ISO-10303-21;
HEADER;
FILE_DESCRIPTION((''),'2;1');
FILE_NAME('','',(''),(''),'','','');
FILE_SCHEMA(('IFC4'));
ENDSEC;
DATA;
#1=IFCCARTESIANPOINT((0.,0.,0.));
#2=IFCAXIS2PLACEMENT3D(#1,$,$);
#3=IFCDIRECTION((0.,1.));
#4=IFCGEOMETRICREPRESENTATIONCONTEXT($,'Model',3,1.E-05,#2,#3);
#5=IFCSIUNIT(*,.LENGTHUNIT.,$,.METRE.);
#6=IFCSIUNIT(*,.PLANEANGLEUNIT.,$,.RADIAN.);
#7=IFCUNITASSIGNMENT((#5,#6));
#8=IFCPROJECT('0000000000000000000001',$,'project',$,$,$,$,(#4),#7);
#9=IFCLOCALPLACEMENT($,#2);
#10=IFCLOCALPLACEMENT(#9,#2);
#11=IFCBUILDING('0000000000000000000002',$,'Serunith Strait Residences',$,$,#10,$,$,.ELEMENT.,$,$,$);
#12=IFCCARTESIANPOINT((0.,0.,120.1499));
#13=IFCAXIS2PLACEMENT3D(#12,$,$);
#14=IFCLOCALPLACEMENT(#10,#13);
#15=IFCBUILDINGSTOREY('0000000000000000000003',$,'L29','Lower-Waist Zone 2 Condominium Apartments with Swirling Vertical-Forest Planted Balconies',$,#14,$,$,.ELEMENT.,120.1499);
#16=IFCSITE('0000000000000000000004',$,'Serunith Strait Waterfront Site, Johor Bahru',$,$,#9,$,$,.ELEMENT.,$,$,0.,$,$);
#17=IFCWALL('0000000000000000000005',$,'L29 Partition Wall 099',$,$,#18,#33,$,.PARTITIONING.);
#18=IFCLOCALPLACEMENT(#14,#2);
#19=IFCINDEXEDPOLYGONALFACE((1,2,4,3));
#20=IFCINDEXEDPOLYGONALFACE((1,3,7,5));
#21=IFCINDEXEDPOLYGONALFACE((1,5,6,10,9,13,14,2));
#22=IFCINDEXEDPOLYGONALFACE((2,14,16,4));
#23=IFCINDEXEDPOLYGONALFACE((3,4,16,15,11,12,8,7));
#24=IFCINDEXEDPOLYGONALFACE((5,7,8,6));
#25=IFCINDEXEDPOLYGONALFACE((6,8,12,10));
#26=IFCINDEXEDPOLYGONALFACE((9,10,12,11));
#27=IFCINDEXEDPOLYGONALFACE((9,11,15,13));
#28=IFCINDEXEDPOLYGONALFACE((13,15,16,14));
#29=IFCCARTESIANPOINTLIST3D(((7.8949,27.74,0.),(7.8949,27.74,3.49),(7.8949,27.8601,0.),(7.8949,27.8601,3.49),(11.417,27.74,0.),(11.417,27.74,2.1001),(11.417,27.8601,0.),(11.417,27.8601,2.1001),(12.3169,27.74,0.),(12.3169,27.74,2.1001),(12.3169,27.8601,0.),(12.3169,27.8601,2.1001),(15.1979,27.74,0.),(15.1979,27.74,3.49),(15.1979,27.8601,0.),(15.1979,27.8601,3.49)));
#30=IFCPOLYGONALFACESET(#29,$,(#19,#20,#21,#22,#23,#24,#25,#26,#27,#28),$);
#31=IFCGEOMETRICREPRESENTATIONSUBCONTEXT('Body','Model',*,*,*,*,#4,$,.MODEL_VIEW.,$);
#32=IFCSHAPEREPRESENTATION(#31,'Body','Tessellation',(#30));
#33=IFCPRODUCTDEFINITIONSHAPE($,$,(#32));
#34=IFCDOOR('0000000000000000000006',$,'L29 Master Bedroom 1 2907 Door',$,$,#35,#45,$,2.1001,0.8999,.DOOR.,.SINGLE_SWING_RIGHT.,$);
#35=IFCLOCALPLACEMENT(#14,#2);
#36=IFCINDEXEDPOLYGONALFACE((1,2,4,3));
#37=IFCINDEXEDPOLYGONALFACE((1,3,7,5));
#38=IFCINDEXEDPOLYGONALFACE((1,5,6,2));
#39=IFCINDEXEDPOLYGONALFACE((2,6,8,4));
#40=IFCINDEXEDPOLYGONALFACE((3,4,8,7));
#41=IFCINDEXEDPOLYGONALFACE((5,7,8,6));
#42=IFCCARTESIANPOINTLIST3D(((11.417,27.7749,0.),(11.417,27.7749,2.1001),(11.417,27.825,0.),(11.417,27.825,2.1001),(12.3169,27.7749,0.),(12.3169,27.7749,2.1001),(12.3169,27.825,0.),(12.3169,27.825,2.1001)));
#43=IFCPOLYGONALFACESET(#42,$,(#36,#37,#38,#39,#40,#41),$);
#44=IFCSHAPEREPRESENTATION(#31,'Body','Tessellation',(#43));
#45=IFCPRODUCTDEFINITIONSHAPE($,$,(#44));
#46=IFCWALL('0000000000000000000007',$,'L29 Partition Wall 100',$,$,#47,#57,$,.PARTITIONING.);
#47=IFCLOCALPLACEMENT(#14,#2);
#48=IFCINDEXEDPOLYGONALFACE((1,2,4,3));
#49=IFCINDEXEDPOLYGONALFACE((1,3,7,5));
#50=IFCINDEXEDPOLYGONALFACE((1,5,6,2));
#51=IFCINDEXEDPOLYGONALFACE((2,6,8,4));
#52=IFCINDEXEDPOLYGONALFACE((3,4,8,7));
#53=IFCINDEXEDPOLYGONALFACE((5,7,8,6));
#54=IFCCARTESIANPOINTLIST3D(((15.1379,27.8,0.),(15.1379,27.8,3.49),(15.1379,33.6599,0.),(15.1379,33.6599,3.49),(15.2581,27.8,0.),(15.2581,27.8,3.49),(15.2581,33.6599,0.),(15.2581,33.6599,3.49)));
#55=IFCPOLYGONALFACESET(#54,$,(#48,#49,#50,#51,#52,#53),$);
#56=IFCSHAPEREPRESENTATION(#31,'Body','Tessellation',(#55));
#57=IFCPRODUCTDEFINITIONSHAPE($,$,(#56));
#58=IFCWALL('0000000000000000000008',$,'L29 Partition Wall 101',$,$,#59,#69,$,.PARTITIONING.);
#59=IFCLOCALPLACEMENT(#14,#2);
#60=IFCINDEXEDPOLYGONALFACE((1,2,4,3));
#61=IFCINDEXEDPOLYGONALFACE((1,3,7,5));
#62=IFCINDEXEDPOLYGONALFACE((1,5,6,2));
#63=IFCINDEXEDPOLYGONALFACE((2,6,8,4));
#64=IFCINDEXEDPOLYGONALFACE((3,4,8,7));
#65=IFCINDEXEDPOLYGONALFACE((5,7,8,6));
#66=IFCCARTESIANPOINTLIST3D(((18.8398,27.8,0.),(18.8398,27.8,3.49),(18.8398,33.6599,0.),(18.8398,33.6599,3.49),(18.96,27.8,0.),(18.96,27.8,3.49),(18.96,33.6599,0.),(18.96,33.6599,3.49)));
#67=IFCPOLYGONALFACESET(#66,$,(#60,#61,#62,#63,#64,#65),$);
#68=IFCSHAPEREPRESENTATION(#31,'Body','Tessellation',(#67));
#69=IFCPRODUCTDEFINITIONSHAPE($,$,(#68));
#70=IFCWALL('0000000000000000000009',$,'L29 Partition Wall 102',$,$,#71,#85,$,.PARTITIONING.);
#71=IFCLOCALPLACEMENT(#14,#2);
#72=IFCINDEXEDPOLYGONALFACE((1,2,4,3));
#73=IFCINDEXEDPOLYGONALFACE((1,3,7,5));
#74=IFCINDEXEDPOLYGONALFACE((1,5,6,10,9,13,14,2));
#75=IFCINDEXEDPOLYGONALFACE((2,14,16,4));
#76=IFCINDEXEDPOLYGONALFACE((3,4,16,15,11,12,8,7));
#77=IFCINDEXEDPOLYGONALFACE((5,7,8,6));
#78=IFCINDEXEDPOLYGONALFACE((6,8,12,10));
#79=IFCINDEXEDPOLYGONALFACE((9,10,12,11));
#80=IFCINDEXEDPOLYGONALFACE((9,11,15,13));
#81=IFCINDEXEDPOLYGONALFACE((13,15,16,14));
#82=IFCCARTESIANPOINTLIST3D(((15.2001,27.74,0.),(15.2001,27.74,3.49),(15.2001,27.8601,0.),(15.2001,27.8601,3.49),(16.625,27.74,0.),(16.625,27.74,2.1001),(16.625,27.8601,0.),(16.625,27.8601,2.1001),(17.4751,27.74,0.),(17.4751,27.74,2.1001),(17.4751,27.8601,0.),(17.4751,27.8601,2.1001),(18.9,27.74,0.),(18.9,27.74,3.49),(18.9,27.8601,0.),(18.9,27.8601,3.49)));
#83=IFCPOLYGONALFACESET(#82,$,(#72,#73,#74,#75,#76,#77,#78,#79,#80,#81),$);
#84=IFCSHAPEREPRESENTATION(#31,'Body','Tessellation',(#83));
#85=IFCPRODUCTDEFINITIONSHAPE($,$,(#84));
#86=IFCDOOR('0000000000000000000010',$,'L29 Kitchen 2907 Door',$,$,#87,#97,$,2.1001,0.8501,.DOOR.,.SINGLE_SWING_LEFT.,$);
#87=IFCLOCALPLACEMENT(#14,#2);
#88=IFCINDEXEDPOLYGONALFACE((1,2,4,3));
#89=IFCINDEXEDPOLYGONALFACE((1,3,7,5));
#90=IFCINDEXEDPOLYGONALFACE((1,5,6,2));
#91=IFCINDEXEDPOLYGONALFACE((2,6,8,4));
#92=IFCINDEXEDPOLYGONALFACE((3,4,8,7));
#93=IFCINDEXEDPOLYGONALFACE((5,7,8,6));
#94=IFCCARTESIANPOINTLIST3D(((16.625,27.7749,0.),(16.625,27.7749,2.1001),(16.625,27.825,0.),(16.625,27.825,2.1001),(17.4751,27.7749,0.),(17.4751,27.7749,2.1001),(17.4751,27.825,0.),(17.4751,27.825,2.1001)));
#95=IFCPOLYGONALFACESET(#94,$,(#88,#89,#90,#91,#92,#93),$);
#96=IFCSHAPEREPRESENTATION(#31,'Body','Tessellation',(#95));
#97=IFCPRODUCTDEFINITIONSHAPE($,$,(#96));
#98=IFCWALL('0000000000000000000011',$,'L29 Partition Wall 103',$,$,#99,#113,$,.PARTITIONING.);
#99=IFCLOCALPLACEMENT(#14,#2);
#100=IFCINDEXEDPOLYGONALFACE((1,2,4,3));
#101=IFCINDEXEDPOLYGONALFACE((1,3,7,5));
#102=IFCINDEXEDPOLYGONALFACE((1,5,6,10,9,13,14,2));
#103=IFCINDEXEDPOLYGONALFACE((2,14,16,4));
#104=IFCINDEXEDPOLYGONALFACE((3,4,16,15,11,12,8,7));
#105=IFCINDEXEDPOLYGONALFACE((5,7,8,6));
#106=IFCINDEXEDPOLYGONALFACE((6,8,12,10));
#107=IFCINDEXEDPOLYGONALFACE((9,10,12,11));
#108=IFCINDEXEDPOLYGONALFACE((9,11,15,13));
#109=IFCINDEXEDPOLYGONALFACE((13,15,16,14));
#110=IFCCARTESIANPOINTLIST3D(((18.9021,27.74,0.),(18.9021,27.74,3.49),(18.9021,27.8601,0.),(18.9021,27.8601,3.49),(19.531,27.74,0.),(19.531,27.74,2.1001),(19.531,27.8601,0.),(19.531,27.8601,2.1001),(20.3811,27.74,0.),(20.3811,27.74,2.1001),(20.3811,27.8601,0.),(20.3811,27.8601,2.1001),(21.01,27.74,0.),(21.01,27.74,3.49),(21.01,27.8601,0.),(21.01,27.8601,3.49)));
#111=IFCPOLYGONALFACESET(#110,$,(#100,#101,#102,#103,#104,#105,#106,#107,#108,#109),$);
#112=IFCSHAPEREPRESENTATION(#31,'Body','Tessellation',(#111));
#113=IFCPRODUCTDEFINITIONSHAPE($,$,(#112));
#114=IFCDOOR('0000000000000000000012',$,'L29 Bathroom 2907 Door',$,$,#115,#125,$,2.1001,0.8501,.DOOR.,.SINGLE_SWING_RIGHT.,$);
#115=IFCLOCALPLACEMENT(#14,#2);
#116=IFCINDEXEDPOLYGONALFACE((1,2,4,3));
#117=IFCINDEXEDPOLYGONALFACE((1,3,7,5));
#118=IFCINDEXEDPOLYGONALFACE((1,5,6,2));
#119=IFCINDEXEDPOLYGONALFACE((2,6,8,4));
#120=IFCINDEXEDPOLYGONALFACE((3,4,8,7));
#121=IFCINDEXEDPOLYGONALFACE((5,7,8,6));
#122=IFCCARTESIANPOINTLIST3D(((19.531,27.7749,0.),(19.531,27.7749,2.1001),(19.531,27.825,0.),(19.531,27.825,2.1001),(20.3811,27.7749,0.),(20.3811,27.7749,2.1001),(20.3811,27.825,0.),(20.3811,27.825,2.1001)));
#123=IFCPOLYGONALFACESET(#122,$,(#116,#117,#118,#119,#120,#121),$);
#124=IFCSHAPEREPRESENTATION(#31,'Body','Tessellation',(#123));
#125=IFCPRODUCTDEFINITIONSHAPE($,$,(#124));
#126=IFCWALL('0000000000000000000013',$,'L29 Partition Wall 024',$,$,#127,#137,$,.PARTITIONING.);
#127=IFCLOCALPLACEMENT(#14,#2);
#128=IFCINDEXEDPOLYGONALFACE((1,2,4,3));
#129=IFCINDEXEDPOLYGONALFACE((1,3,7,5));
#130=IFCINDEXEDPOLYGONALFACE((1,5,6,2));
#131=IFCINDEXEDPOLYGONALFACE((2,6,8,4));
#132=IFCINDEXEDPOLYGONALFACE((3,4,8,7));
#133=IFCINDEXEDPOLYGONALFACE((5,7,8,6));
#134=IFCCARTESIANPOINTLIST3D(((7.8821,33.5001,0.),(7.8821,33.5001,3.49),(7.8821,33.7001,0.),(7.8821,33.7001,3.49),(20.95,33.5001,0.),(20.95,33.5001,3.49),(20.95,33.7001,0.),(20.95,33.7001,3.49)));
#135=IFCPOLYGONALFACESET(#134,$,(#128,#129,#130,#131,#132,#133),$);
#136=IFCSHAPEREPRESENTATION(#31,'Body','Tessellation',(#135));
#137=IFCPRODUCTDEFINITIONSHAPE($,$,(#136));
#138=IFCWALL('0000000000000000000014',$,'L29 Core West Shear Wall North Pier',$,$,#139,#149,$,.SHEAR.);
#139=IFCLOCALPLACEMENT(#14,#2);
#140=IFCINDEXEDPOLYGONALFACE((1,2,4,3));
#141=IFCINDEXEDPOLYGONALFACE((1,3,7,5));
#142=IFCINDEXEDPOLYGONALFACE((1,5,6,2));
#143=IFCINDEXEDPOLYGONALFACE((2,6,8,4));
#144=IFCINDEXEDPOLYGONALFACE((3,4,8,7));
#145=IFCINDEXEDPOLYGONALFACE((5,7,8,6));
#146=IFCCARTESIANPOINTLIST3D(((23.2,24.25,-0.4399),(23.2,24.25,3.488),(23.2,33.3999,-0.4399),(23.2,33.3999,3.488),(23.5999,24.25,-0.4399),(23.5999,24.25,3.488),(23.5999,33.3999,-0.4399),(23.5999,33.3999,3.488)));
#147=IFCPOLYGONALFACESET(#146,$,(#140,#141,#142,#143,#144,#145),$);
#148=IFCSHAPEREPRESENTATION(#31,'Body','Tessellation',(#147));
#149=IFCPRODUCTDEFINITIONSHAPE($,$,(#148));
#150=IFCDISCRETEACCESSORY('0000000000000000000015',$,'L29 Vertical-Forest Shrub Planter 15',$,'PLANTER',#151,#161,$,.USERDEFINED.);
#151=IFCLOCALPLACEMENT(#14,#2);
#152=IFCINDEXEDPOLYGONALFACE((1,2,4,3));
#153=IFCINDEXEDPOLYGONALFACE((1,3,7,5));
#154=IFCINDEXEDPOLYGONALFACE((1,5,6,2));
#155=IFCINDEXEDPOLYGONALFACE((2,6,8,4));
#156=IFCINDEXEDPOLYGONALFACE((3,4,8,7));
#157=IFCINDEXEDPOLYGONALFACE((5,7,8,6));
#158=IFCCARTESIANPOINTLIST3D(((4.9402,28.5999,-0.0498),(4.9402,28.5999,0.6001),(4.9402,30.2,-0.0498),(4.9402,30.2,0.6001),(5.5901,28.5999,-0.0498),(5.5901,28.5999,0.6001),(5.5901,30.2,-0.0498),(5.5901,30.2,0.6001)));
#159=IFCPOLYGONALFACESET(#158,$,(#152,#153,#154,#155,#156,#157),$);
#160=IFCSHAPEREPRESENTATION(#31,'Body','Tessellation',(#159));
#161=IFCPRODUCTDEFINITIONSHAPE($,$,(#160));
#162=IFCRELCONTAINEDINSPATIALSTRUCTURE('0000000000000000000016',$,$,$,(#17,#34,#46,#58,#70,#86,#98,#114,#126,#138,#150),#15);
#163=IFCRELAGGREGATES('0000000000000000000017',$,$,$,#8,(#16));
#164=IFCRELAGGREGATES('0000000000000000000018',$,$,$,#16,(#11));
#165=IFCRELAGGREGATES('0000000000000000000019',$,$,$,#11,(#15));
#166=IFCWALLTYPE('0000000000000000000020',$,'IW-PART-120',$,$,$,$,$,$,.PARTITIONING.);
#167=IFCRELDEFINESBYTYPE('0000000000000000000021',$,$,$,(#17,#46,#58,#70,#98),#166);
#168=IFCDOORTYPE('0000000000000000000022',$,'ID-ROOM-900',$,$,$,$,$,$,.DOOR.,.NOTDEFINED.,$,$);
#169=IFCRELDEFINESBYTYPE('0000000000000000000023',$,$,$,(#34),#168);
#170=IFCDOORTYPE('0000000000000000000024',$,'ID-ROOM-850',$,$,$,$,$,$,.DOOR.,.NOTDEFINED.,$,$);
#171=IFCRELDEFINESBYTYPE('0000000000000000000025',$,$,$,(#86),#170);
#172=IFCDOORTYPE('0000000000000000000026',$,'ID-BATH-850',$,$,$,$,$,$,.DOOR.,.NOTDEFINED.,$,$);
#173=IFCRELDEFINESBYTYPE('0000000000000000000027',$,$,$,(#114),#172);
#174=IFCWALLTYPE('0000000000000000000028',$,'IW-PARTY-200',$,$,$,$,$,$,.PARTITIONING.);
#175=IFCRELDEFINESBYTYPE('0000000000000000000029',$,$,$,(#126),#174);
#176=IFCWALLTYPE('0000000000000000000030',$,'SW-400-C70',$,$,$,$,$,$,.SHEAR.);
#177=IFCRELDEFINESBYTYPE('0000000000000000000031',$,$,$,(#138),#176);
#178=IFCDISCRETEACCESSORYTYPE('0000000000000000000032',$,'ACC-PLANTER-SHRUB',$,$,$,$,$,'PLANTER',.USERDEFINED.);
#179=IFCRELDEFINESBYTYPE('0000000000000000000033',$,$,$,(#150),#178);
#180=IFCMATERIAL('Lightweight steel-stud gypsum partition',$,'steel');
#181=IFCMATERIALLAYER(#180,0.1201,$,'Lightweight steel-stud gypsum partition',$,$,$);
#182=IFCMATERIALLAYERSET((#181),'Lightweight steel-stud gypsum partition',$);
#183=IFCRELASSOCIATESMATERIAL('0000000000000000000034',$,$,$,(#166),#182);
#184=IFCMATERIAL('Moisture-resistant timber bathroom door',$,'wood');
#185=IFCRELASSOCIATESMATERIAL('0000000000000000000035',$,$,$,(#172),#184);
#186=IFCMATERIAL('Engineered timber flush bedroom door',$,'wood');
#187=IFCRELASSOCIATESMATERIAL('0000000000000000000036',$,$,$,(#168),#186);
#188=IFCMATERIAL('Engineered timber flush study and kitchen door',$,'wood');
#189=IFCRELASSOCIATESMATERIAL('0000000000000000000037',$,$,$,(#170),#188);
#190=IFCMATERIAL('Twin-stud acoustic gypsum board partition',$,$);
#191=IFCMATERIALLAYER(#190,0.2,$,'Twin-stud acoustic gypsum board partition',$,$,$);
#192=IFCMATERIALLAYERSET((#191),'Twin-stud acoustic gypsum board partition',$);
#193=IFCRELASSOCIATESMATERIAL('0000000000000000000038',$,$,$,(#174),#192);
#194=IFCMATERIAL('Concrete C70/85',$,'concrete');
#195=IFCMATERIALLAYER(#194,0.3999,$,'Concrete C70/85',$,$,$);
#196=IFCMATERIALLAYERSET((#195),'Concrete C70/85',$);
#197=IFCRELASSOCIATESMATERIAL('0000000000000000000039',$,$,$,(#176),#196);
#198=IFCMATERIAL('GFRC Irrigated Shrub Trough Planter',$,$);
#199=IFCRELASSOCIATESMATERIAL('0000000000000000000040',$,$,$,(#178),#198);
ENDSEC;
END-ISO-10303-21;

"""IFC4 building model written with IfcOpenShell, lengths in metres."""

from ifc_helpers import new_model, si_unit, direction, frame, frame_2d, origin, origin_2d, place, context, subcontext, project, spatial, rectangle, extrude, source, transform, mapped, material, layer, layer_set, type_object, element, fill, save


model = new_model("IFC4")

# Units and contexts
model_context = context("Model", 3, precision=1e-05, world=origin(), true_north=direction((0.0, 1.0)))
body_context = subcontext(model_context, "Body", "Model", "MODEL_VIEW")
ifc_project = project(units=[si_unit("LENGTHUNIT", "METRE"), si_unit("PLANEANGLEUNIT", "RADIAN")], contexts=[model_context])

# Site, building, storey
site_placement = place(None, origin())
site = spatial("IfcSite", under=ifc_project, at=site_placement, Name="Serunith Strait Waterfront Site, Johor Bahru", CompositionType="ELEMENT", RefElevation=0.0)
building_placement = place(site_placement, origin())
building = spatial("IfcBuilding", under=site, at=building_placement, Name="Serunith Strait Residences", CompositionType="ELEMENT")
storey_placement = place(building_placement, frame((0.0, 0.0, 120.1499)))
storey = spatial("IfcBuildingStorey", under=building, at=storey_placement, Name="L29", Description="Lower-Waist Zone 2 Condominium Apartments with Swirling Vertical-Forest Planted Balconies", CompositionType="ELEMENT", Elevation=120.1499)

# Wall, opening, door
ifc_material_1 = material(Name="Lightweight steel-stud gypsum partition", Category="steel")
ifc_layer_1 = layer(ifc_material_1, 0.1201, Name="Lightweight steel-stud gypsum partition")
ifc_layer_set_1 = layer_set([ifc_layer_1], Name="Lightweight steel-stud gypsum partition")
wall_type_1 = type_object("IfcWallType", Name="IW-PART-120", PredefinedType="PARTITIONING", material=ifc_layer_set_1)
ifc_material_2 = material(Name="Moisture-resistant timber bathroom door", Category="wood")
door_type_1 = type_object("IfcDoorType", Name="ID-BATH-850", OperationType="NOTDEFINED", PredefinedType="DOOR", material=ifc_material_2)
shared_shape_1 = source(origin(), body_context, "Body", "SweptSolid", [
    extrude(rectangle(XDim=0.8501, YDim=2.1001, at=frame_2d((0.425, 1.05))), frame((0.0, 0.0249, 0.0), z_axis=(0.0, -1.0, 0.0), x_axis=(1.0, 0.0, 0.0)), (0.0, 0.0, 1.0), 0.05),
])
wall_1_placement = place(storey_placement, frame((7.895, 27.8, 0.0), z_axis=(0.0, 0.0, 1.0), x_axis=(1.0, 0.0, 0.0)))
wall_1 = element("IfcWall", 1, at=wall_1_placement, inside=storey, type_object=wall_type_1, Name="L29 Partition Wall 099", PredefinedType="PARTITIONING", context=body_context, shape_type="SweptSolid", body=[
    extrude(rectangle(XDim=7.303, YDim=0.1201, at=frame_2d((3.6514, 0.0))), origin(), (0.0, 0.0, 1.0), 3.49),
])
opening_1_placement = place(wall_1_placement, frame((3.522, 0.0, 0.0)))
opening_1 = element("IfcOpeningElement", 2, at=opening_1_placement, cuts=wall_1, PredefinedType="OPENING", context=body_context, shape_type="SweptSolid", body=[
    extrude(rectangle(XDim=0.8999, YDim=2.1001, at=frame_2d((0.45, 1.05))), frame((0.0, 0.0701, 0.0), z_axis=(0.0, -1.0, 0.0), x_axis=(1.0, 0.0, 0.0)), (0.0, 0.0, 1.0), 0.1401),
])
ifc_material_3 = material(Name="Engineered timber flush bedroom door", Category="wood")
door_type_2 = type_object("IfcDoorType", Name="ID-ROOM-900", OperationType="NOTDEFINED", PredefinedType="DOOR", material=ifc_material_3)
shared_shape_2 = source(origin(), body_context, "Body", "SweptSolid", [
    extrude(rectangle(XDim=0.8999, YDim=2.1001, at=frame_2d((0.45, 1.05))), frame((0.0, 0.0249, 0.0), z_axis=(0.0, -1.0, 0.0), x_axis=(1.0, 0.0, 0.0)), (0.0, 0.0, 1.0), 0.05),
])
door_1_placement = place(opening_1_placement, origin())
door_1 = element("IfcDoor", 3, at=door_1_placement, inside=storey, type_object=door_type_2, Name="L29 Master Bedroom 1 2907 Door", OperationType="SINGLE_SWING_RIGHT", OverallHeight=2.1001, OverallWidth=0.8999, PredefinedType="DOOR", context=body_context, shape_type="MappedRepresentation", body=[
    mapped(shared_shape_2, transform((0.0, 0.0, 0.0), scale=1.0)),
])
fill(opening_1, door_1)

# Walls
for number, where, z_axis, x_axis, name in (
    (4, (15.198, 27.8, 0.0), (0.0, 0.0, 1.0), (0.0, 1.0, 0.0), "L29 Partition Wall 100"),
    (5, (18.8999, 27.8, 0.0), (0.0, 0.0, 1.0), (0.0, 1.0, 0.0), "L29 Partition Wall 101"),
):
    element("IfcWall", number, at=place(storey_placement, frame(where, z_axis=z_axis, x_axis=x_axis)), inside=storey, type_object=wall_type_1, Name=name, PredefinedType="PARTITIONING", context=body_context, shape_type="SweptSolid", body=[
        extrude(rectangle(XDim=5.8599, YDim=0.1201, at=frame_2d((2.9299, 0.0))), origin(), (0.0, 0.0, 1.0), 3.49),
    ])

# Walls, openings, doors
wall_2_placement = place(storey_placement, frame((15.2, 27.8, 0.0), z_axis=(0.0, 0.0, 1.0), x_axis=(1.0, 0.0, 0.0)))
wall_2 = element("IfcWall", 6, at=wall_2_placement, inside=storey, type_object=wall_type_1, Name="L29 Partition Wall 102", PredefinedType="PARTITIONING", context=body_context, shape_type="SweptSolid", body=[
    extrude(rectangle(XDim=3.7, YDim=0.1201, at=frame_2d((1.8501, 0.0))), origin(), (0.0, 0.0, 1.0), 3.49),
])
opening_2_placement = place(wall_2_placement, frame((1.425, 0.0, 0.0)))
opening_2 = element("IfcOpeningElement", 7, at=opening_2_placement, cuts=wall_2, PredefinedType="OPENING", context=body_context, shape_type="SweptSolid", body=[
    extrude(rectangle(XDim=0.8501, YDim=2.1001, at=frame_2d((0.425, 1.05))), frame((0.0, 0.0701, 0.0), z_axis=(0.0, -1.0, 0.0), x_axis=(1.0, 0.0, 0.0)), (0.0, 0.0, 1.0), 0.1401),
])
ifc_material_4 = material(Name="Engineered timber flush study and kitchen door", Category="wood")
door_type_3 = type_object("IfcDoorType", Name="ID-ROOM-850", OperationType="NOTDEFINED", PredefinedType="DOOR", material=ifc_material_4)
door_2_placement = place(opening_2_placement, origin())
door_2 = element("IfcDoor", 8, at=door_2_placement, inside=storey, type_object=door_type_3, Name="L29 Kitchen 2907 Door", OperationType="SINGLE_SWING_LEFT", OverallHeight=2.1001, OverallWidth=0.8501, PredefinedType="DOOR", context=body_context, shape_type="MappedRepresentation", body=[
    mapped(shared_shape_1, transform((0.0, 0.0, 0.0), scale=1.0)),
])
fill(opening_2, door_2)
wall_3_placement = place(storey_placement, frame((18.9021, 27.8, 0.0), z_axis=(0.0, 0.0, 1.0), x_axis=(1.0, 0.0, 0.0)))
wall_3 = element("IfcWall", 9, at=wall_3_placement, inside=storey, type_object=wall_type_1, Name="L29 Partition Wall 103", PredefinedType="PARTITIONING", context=body_context, shape_type="SweptSolid", body=[
    extrude(rectangle(XDim=2.1079, YDim=0.1201, at=frame_2d((1.054, 0.0))), origin(), (0.0, 0.0, 1.0), 3.49),
])
opening_3_placement = place(wall_3_placement, frame((0.6289, 0.0, 0.0)))
opening_3 = element("IfcOpeningElement", 10, at=opening_3_placement, cuts=wall_3, PredefinedType="OPENING", context=body_context, shape_type="SweptSolid", body=[
    extrude(rectangle(XDim=0.8501, YDim=2.1001, at=frame_2d((0.425, 1.05))), frame((0.0, 0.0701, 0.0), z_axis=(0.0, -1.0, 0.0), x_axis=(1.0, 0.0, 0.0)), (0.0, 0.0, 1.0), 0.1401),
])
door_3_placement = place(opening_3_placement, origin())
door_3 = element("IfcDoor", 11, at=door_3_placement, inside=storey, type_object=door_type_1, Name="L29 Bathroom 2907 Door", OperationType="SINGLE_SWING_RIGHT", OverallHeight=2.1001, OverallWidth=0.8501, PredefinedType="DOOR", context=body_context, shape_type="MappedRepresentation", body=[
    mapped(shared_shape_1, transform((0.0, 0.0, 0.0), scale=1.0)),
])
fill(opening_3, door_3)

# Wall
ifc_material_5 = material(Name="Twin-stud acoustic gypsum board partition")
ifc_layer_2 = layer(ifc_material_5, 0.2, Name="Twin-stud acoustic gypsum board partition")
ifc_layer_set_2 = layer_set([ifc_layer_2], Name="Twin-stud acoustic gypsum board partition")
wall_type_2 = type_object("IfcWallType", Name="IW-PARTY-200", PredefinedType="PARTITIONING", material=ifc_layer_set_2)
wall_4_placement = place(storey_placement, frame((7.8821, 33.6001, 0.0), z_axis=(0.0, 0.0, 1.0), x_axis=(1.0, 0.0, 0.0)))
element("IfcWall", 12, at=wall_4_placement, inside=storey, type_object=wall_type_2, Name="L29 Partition Wall 024", PredefinedType="PARTITIONING", context=body_context, shape_type="SweptSolid", body=[
    extrude(rectangle(XDim=13.0679, YDim=0.2, at=frame_2d((6.5339, 0.0))), origin(), (0.0, 0.0, 1.0), 3.49),
])

# Wall
ifc_material_6 = material(Name="Concrete C70/85", Category="concrete")
ifc_layer_3 = layer(ifc_material_6, 0.3999, Name="Concrete C70/85")
ifc_layer_set_3 = layer_set([ifc_layer_3], Name="Concrete C70/85")
wall_type_3 = type_object("IfcWallType", Name="SW-400-C70", PredefinedType="SHEAR", material=ifc_layer_set_3)
wall_5_placement = place(storey_placement, frame((23.3999, 24.25, -0.4399), z_axis=(0.0, 0.0, 1.0), x_axis=(0.0, 1.0, 0.0)))
element("IfcWall", 13, at=wall_5_placement, inside=storey, type_object=wall_type_3, Name="L29 Core West Shear Wall North Pier", PredefinedType="SHEAR", context=body_context, shape_type="SweptSolid", body=[
    extrude(rectangle(XDim=9.1499, YDim=0.3999, at=frame_2d((4.575, 0.0))), origin(), (0.0, 0.0, 1.0), 3.928),
])

# Discrete accessory
ifc_material_7 = material(Name="GFRC Irrigated Shrub Trough Planter")
discrete_accessory_type = type_object("IfcDiscreteAccessoryType", Name="ACC-PLANTER-SHRUB", ElementType="PLANTER", PredefinedType="USERDEFINED", material=ifc_material_7)
shared_shape_3 = source(origin(), body_context, "Body", "SweptSolid", [
    extrude(rectangle(XDim=1.6001, YDim=0.6499, at=origin_2d()), origin(), (0.0, 0.0, 1.0), 0.6499),
])
discrete_accessory_placement = place(storey_placement, frame((5.2651, 29.3999, -0.0498), z_axis=(0.0, 0.0, 1.0), x_axis=(0.0, -1.0, 0.0)))
element("IfcDiscreteAccessory", 14, at=discrete_accessory_placement, inside=storey, type_object=discrete_accessory_type, Name="L29 Vertical-Forest Shrub Planter 15", ObjectType="PLANTER", PredefinedType="USERDEFINED", context=body_context, shape_type="MappedRepresentation", body=[
    mapped(shared_shape_3, transform((0.0, 0.0, 0.0), scale=1.0)),
])

save(model, "model.ifc")
